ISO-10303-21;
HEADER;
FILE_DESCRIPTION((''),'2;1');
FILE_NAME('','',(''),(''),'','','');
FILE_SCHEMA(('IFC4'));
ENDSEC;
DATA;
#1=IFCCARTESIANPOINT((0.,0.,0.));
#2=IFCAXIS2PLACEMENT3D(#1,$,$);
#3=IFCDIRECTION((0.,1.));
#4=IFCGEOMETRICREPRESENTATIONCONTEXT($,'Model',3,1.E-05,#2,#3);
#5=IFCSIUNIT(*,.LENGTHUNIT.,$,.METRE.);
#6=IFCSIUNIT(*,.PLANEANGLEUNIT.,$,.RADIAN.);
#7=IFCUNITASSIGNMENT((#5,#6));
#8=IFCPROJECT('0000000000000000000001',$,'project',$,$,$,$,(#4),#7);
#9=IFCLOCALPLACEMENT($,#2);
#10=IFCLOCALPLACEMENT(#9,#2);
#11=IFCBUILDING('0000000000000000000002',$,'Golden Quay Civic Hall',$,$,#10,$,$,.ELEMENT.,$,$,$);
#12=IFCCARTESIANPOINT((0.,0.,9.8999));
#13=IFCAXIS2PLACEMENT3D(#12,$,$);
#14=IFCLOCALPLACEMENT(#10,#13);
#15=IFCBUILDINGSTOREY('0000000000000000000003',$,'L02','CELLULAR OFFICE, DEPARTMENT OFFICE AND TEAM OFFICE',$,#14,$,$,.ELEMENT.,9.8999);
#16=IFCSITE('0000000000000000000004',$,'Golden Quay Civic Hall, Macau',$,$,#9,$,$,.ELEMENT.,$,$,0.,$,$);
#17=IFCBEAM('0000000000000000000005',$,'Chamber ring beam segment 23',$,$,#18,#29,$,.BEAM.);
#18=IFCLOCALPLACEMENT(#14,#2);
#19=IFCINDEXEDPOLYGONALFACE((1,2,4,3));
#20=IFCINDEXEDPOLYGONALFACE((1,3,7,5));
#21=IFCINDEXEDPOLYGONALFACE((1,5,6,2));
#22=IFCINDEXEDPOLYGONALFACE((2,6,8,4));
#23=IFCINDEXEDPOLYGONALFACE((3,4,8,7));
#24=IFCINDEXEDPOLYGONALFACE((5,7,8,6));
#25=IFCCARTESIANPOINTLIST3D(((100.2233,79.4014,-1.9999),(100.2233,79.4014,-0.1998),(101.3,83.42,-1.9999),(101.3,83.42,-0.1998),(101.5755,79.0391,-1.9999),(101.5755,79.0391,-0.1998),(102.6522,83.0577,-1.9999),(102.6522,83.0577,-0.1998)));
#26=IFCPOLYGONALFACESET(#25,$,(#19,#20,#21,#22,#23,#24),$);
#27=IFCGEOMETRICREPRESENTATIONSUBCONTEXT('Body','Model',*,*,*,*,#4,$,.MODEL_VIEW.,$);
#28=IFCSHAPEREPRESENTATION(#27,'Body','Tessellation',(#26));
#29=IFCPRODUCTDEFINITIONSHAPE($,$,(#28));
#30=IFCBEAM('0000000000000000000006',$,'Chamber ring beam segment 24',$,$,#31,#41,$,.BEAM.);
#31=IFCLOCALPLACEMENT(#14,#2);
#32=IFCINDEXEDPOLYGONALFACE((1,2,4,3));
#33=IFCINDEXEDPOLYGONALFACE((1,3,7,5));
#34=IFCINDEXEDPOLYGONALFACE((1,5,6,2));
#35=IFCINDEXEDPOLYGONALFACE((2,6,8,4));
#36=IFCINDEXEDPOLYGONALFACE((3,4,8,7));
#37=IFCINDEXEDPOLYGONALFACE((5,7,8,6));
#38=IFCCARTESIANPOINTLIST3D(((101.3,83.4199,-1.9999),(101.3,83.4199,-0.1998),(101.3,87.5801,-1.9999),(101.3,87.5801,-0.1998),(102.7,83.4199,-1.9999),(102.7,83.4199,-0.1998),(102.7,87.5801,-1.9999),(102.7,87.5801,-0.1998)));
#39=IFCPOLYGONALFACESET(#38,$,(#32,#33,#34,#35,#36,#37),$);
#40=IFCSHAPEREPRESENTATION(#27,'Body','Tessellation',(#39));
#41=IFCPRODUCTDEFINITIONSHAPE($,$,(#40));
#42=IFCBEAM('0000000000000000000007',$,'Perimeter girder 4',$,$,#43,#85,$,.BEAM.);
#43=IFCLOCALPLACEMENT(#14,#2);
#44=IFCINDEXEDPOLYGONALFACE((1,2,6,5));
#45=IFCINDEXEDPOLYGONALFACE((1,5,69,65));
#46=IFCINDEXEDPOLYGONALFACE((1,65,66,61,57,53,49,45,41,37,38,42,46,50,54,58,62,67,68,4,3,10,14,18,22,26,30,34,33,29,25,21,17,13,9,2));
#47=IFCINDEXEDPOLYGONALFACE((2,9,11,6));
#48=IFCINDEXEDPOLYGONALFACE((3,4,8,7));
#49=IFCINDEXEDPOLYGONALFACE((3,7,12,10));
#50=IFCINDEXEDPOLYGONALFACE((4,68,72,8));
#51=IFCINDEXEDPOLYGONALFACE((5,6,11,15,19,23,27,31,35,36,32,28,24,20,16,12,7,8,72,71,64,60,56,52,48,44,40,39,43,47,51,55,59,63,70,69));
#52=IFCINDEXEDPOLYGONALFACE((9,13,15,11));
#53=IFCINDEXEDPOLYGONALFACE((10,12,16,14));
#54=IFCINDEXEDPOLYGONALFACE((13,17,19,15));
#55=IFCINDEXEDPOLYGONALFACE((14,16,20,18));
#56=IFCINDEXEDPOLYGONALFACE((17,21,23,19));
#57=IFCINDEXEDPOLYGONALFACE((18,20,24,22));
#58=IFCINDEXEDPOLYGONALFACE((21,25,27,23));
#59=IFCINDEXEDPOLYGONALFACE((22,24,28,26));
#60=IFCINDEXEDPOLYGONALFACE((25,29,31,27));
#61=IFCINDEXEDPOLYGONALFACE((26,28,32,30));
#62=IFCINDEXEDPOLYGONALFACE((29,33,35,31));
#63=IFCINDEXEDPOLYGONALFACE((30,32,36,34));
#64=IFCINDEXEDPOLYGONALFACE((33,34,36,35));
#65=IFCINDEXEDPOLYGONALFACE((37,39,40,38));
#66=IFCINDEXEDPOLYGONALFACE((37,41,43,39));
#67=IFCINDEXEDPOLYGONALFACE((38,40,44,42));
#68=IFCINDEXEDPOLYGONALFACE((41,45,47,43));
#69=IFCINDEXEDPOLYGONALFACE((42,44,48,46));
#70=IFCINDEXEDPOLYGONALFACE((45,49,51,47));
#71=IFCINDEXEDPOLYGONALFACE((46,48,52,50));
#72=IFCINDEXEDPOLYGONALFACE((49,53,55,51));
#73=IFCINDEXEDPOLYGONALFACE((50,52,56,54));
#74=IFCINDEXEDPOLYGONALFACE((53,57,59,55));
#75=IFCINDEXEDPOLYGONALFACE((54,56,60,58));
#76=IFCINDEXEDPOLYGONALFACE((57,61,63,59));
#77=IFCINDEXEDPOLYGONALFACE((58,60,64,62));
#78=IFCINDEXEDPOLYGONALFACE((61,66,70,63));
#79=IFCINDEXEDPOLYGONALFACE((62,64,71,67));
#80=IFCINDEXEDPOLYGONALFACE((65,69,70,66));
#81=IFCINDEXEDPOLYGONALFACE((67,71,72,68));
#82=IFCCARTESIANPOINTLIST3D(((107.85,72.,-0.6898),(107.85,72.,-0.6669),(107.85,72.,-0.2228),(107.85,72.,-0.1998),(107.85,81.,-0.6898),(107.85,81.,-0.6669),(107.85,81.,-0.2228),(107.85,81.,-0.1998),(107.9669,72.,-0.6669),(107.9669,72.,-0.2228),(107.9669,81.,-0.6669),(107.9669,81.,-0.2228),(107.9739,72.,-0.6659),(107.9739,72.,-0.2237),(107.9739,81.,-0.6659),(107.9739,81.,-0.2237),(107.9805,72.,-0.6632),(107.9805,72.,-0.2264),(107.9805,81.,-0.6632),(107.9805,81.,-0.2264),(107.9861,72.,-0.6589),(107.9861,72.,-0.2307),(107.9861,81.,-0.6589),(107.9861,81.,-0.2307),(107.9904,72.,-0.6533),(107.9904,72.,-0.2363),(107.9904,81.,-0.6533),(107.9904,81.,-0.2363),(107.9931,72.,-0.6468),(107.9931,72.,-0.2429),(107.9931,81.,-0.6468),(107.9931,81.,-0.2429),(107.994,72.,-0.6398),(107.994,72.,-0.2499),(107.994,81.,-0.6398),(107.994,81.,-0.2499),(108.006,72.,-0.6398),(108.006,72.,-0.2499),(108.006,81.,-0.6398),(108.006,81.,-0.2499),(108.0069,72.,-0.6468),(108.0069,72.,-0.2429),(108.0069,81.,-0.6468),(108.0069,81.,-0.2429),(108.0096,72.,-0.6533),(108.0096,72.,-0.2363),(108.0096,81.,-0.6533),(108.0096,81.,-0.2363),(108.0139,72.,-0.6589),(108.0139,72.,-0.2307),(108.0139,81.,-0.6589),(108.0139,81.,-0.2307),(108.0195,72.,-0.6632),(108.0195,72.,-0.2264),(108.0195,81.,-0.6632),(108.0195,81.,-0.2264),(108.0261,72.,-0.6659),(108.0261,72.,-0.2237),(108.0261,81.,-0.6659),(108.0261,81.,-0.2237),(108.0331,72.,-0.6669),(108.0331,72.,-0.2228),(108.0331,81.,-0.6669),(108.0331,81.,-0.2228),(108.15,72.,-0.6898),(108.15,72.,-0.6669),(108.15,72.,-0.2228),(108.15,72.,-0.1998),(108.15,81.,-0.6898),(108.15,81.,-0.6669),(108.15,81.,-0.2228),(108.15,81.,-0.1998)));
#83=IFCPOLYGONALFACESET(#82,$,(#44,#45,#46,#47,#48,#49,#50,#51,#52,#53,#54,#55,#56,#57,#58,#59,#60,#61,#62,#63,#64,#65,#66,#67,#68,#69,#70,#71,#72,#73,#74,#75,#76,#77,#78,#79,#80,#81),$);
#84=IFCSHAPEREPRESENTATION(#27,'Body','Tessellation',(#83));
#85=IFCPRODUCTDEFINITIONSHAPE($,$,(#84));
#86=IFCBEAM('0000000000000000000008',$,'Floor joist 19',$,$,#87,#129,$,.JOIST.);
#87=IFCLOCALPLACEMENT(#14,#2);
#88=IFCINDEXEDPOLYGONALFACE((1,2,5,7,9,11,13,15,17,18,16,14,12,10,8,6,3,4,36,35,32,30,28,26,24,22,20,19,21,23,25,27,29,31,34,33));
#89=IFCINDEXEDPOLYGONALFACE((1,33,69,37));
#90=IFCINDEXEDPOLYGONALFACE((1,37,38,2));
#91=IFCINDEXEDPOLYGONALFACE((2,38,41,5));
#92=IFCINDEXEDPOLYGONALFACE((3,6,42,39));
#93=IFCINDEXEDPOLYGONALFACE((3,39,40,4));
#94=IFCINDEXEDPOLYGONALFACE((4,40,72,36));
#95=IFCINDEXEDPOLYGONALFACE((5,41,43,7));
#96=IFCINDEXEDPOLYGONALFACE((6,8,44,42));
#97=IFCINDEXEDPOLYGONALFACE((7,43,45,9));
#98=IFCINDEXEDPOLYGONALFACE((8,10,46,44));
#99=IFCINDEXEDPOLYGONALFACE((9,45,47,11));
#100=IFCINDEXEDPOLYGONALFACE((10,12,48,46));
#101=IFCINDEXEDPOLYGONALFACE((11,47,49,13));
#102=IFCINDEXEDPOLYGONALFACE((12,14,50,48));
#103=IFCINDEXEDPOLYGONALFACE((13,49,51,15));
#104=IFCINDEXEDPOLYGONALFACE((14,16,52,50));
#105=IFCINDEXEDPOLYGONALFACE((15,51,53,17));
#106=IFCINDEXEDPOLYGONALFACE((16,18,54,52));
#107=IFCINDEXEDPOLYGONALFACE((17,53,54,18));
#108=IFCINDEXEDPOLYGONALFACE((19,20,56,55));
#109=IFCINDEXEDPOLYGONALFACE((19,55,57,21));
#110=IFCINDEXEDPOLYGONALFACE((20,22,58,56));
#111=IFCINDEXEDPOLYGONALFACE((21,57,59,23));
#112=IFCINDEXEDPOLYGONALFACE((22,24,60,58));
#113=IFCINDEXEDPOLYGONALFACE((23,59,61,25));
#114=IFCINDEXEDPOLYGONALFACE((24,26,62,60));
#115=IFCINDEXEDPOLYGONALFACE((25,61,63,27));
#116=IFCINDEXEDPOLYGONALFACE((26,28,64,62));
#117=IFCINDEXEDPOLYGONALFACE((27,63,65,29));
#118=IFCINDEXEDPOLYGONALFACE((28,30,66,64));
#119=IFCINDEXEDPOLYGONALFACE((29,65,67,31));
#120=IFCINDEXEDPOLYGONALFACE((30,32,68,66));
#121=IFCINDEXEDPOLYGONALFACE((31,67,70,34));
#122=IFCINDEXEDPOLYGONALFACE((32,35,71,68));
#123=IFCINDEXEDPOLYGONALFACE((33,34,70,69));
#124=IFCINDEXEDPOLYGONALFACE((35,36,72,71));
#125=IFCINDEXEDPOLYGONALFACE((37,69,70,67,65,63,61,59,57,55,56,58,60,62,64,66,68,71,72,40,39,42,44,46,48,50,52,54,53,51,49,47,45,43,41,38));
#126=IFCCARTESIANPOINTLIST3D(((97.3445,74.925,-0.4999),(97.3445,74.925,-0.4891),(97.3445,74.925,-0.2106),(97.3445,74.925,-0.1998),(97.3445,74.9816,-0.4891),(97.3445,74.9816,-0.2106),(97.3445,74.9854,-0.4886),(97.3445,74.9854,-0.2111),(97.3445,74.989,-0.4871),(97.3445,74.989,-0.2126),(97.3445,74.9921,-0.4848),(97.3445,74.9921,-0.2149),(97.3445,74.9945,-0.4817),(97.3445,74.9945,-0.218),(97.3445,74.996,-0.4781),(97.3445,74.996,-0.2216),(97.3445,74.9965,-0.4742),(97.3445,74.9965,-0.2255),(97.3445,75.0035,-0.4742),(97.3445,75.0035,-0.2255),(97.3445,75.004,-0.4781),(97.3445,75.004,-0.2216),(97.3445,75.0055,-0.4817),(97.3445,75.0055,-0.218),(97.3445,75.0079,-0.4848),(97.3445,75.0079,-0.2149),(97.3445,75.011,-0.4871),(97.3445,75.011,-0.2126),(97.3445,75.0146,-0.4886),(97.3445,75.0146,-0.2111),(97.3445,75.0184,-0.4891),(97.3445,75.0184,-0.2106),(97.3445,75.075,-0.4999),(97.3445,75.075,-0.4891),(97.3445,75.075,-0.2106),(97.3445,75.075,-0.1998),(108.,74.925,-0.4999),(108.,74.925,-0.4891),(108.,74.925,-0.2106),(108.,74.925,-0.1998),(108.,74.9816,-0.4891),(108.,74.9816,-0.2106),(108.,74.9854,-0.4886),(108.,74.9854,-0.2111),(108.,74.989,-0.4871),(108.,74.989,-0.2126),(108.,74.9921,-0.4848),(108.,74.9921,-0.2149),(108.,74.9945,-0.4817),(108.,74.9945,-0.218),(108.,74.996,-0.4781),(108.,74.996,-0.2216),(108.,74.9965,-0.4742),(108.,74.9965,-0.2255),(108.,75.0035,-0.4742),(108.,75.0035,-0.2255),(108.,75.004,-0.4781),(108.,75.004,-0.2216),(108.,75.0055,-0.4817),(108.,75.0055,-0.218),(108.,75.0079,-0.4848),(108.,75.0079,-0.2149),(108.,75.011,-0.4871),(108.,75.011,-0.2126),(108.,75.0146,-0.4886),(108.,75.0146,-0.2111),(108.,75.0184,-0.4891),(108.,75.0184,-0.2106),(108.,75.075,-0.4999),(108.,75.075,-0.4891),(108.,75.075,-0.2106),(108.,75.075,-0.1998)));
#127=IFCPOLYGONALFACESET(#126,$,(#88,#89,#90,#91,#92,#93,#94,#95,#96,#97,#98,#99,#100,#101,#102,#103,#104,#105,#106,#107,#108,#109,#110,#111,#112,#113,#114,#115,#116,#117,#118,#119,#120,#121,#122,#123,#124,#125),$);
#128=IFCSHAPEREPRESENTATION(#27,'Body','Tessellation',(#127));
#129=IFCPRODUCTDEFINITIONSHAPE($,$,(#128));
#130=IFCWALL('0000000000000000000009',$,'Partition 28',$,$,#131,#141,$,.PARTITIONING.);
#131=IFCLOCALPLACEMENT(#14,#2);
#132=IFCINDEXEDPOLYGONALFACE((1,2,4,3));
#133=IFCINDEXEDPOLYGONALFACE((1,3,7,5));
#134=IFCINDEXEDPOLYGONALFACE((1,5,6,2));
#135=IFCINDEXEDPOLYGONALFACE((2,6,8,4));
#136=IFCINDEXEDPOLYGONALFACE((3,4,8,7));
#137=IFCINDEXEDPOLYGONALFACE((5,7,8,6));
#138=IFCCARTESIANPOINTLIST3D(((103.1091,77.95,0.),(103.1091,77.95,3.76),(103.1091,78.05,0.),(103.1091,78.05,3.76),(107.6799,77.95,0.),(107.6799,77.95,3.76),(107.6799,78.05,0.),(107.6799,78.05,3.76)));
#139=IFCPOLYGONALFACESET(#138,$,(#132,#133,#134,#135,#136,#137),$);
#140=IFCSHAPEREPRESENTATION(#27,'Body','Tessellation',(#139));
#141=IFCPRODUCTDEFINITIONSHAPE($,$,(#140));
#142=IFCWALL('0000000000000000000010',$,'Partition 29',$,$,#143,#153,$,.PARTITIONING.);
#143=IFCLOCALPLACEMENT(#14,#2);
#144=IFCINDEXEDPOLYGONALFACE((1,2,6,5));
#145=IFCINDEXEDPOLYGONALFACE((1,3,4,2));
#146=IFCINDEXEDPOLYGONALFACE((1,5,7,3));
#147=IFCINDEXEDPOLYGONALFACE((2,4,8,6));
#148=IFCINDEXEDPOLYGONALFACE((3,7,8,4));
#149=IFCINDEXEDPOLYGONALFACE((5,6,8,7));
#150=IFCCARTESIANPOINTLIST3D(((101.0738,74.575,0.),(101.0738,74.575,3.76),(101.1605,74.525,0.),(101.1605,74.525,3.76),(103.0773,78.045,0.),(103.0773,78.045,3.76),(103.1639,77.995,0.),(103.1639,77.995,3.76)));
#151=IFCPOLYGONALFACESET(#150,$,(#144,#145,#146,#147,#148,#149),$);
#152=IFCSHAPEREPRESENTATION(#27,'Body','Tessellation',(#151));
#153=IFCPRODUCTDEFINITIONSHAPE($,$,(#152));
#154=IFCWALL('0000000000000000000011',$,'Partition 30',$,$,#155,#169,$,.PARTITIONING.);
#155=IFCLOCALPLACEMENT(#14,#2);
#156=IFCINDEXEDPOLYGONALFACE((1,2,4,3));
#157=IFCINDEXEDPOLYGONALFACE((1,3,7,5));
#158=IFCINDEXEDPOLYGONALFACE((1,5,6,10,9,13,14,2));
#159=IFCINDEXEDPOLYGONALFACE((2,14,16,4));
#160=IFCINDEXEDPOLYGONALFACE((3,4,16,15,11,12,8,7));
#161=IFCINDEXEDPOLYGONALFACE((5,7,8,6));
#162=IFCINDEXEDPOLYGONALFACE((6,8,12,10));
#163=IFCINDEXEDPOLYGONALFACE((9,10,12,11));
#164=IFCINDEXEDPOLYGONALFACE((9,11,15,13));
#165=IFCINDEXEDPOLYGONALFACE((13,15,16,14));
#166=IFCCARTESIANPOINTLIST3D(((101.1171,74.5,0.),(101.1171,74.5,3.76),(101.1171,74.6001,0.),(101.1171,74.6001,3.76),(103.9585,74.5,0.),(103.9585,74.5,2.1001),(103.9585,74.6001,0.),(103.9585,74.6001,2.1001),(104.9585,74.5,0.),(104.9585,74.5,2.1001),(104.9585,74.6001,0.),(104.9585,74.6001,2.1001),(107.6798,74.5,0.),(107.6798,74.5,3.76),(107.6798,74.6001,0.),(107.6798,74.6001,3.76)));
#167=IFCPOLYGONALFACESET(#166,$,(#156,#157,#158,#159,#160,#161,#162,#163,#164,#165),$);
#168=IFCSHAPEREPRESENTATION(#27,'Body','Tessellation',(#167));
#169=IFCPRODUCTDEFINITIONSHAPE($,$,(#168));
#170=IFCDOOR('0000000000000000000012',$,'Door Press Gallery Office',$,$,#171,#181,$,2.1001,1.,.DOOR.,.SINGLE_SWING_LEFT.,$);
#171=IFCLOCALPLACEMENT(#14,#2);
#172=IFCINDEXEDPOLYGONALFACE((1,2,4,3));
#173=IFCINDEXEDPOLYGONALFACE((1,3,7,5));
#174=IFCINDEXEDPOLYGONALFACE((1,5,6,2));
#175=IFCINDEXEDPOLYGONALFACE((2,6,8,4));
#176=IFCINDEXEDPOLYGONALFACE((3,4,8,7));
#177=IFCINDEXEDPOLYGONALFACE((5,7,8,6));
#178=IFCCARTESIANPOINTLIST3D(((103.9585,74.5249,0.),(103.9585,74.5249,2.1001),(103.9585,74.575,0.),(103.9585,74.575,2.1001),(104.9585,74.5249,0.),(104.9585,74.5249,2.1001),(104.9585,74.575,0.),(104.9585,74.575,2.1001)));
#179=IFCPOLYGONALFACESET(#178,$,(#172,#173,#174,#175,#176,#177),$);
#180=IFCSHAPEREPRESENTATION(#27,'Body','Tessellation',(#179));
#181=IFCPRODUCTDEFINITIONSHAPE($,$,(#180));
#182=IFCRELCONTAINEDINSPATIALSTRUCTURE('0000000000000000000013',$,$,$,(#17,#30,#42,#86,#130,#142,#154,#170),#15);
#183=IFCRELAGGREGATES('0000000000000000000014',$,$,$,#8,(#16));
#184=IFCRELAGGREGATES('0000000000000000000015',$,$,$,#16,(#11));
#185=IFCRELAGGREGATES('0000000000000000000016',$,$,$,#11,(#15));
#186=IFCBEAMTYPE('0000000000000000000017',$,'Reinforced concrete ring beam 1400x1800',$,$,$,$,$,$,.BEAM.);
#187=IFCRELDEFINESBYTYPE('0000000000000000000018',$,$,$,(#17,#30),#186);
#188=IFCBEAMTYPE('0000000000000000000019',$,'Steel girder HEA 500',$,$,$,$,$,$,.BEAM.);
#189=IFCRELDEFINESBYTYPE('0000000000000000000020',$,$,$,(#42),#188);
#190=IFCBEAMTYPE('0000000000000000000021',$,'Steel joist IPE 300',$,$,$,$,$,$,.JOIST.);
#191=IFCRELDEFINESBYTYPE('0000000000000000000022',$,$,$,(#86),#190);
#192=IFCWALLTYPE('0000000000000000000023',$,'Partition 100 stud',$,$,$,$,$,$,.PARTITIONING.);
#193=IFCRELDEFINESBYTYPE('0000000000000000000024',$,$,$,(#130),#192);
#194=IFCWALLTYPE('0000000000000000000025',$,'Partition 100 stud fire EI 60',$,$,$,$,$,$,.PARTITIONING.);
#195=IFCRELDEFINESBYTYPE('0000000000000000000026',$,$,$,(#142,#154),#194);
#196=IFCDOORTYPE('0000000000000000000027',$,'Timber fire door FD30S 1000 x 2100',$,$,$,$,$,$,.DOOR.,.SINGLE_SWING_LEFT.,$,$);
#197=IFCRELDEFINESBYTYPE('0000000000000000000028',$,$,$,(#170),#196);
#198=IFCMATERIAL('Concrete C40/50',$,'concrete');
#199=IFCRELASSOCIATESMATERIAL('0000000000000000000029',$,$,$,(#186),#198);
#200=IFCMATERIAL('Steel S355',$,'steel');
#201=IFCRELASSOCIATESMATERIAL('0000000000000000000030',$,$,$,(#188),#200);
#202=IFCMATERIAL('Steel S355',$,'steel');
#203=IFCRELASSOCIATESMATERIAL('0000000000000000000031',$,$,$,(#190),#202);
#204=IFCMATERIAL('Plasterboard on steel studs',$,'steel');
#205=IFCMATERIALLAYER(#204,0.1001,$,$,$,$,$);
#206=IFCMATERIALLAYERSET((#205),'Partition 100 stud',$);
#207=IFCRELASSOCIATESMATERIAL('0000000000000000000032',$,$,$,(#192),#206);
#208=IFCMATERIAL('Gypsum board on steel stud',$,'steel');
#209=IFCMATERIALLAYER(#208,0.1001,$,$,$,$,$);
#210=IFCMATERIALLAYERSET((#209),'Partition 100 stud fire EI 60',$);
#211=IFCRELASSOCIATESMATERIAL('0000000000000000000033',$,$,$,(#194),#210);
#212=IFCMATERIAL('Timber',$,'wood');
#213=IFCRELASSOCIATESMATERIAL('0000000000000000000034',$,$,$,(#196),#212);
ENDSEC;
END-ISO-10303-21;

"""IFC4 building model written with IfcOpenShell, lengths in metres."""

from ifc_helpers import new_model, si_unit, direction, frame, frame_2d, origin, origin_2d, place, context, subcontext, project, spatial, rectangle, i_section, extrude, material, layer, layer_set, material_profile, profile_set, type_object, element, fill, save


model = new_model("IFC4")

# Units and contexts
model_context = context("Model", 3, precision=1e-05, world=origin(), true_north=direction((0.0, 1.0)))
body_context = subcontext(model_context, "Body", "Model", "MODEL_VIEW")
ifc_project = project(units=[si_unit("LENGTHUNIT", "METRE"), si_unit("PLANEANGLEUNIT", "RADIAN")], contexts=[model_context])

# Site, building, storey
site_placement = place(None, origin())
site = spatial("IfcSite", under=ifc_project, at=site_placement, Name="Golden Quay Civic Hall, Macau", CompositionType="ELEMENT", RefElevation=0.0)
building_placement = place(site_placement, origin())
building = spatial("IfcBuilding", under=site, at=building_placement, Name="Golden Quay Civic Hall", CompositionType="ELEMENT")
storey_placement = place(building_placement, frame((0.0, 0.0, 9.8999)))
storey = spatial("IfcBuildingStorey", under=building, at=storey_placement, Name="L02", Description="CELLULAR OFFICE, DEPARTMENT OFFICE AND TEAM OFFICE", CompositionType="ELEMENT", Elevation=9.8999)

# Beams
ifc_material_1 = material(Name="Concrete C40/50", Category="concrete")
ifc_material_profile_1 = material_profile(ifc_material_1, rectangle(XDim=1.3999, YDim=1.8, at=origin_2d()), Name="RC 1400x1800")
ifc_profile_set_1 = profile_set([ifc_material_profile_1], Name="Concrete C40/50")
beam_type_1 = type_object("IfcBeamType", Name="Reinforced concrete ring beam 1400x1800", PredefinedType="BEAM", material=ifc_profile_set_1)
beam_1_placement = place(storey_placement, frame((100.8994, 79.2202, -1.0999), z_axis=(0.258795, 0.965932, 0.0), x_axis=(-0.965932, 0.258795, 0.0)))
element("IfcBeam", 1, at=beam_1_placement, inside=storey, type_object=beam_type_1, Name="Chamber ring beam segment 23", PredefinedType="BEAM", context=body_context, shape_type="SweptSolid", body=[
    extrude(rectangle(XDim=1.3999, YDim=1.8, at=origin_2d()), origin(), (0.0, 0.0, 1.0), 4.1604),
])
beam_2_placement = place(storey_placement, frame((102.0, 83.4199, -1.0999), z_axis=(0.0, 1.0, 0.0), x_axis=(-1.0, 0.0, 0.0)))
element("IfcBeam", 2, at=beam_2_placement, inside=storey, type_object=beam_type_1, Name="Chamber ring beam segment 24", PredefinedType="BEAM", context=body_context, shape_type="SweptSolid", body=[
    extrude(rectangle(XDim=1.3999, YDim=1.8, at=origin_2d()), origin(), (0.0, 0.0, 1.0), 4.1602),
])
ifc_material_2 = material(Name="Steel S355", Category="steel")
ifc_material_profile_2 = material_profile(ifc_material_2, i_section(OverallWidth=0.3, OverallDepth=0.49, WebThickness=0.012, FlangeThickness=0.0229, FilletRadius=0.0271, at=origin_2d()), Name="HEA 500")
ifc_profile_set_2 = profile_set([ifc_material_profile_2], Name="Steel S355")
beam_type_2 = type_object("IfcBeamType", Name="Steel girder HEA 500", PredefinedType="BEAM", material=ifc_profile_set_2)
beam_3_placement = place(storey_placement, frame((108.0, 72.0, -0.4448), z_axis=(0.0, 1.0, 0.0), x_axis=(-1.0, 0.0, 0.0)))
element("IfcBeam", 3, at=beam_3_placement, inside=storey, type_object=beam_type_2, Name="Perimeter girder 4", PredefinedType="BEAM", context=body_context, shape_type="SweptSolid", body=[
    extrude(i_section(OverallWidth=0.3, OverallDepth=0.49, WebThickness=0.012, FlangeThickness=0.0229, FilletRadius=0.0271, at=origin_2d()), origin(), (0.0, 0.0, 1.0), 9.0),
])
ifc_material_3 = material(Name="Steel S355", Category="steel")
ifc_material_profile_3 = material_profile(ifc_material_3, i_section(OverallWidth=0.1499, OverallDepth=0.3, WebThickness=0.0071, FlangeThickness=0.0107, FilletRadius=0.0149, at=origin_2d()), Name="IPE 300")
ifc_profile_set_3 = profile_set([ifc_material_profile_3], Name="Steel S355")
beam_type_3 = type_object("IfcBeamType", Name="Steel joist IPE 300", PredefinedType="JOIST", material=ifc_profile_set_3)
beam_4_placement = place(storey_placement, frame((108.0, 75.0, -0.3499), z_axis=(-1.0, 0.0, 0.0), x_axis=(0.0, -1.0, 0.0)))
element("IfcBeam", 4, at=beam_4_placement, inside=storey, type_object=beam_type_3, Name="Floor joist 19", PredefinedType="JOIST", context=body_context, shape_type="SweptSolid", body=[
    extrude(i_section(OverallWidth=0.1499, OverallDepth=0.3, WebThickness=0.0071, FlangeThickness=0.0107, FilletRadius=0.0149, at=origin_2d()), origin(), (0.0, 0.0, 1.0), 10.6555),
])

# Walls
ifc_material_4 = material(Name="Plasterboard on steel studs", Category="steel")
ifc_layer_1 = layer(ifc_material_4, 0.1001)
ifc_layer_set_1 = layer_set([ifc_layer_1], Name="Partition 100 stud")
wall_type_1 = type_object("IfcWallType", Name="Partition 100 stud", PredefinedType="PARTITIONING", material=ifc_layer_set_1)
wall_1_placement = place(storey_placement, frame((107.6799, 78.0, 0.0), z_axis=(0.0, 0.0, 1.0), x_axis=(-1.0, 0.0, 0.0)))
element("IfcWall", 5, at=wall_1_placement, inside=storey, type_object=wall_type_1, Name="Partition 28", PredefinedType="PARTITIONING", context=body_context, shape_type="SweptSolid", body=[
    extrude(rectangle(XDim=4.5708, YDim=0.1001, at=frame_2d((2.2854, 0.0))), origin(), (0.0, 0.0, 1.0), 3.76),
])
ifc_material_5 = material(Name="Gypsum board on steel stud", Category="steel")
ifc_layer_2 = layer(ifc_material_5, 0.1001)
ifc_layer_set_2 = layer_set([ifc_layer_2], Name="Partition 100 stud fire EI 60")
wall_type_2 = type_object("IfcWallType", Name="Partition 100 stud fire EI 60", PredefinedType="PARTITIONING", material=ifc_layer_set_2)
wall_2_placement = place(storey_placement, frame((103.1206, 78.02, 0.0), z_axis=(0.0, 0.0, 1.0), x_axis=(-0.500006, -0.866022, 0.0)))
element("IfcWall", 6, at=wall_2_placement, inside=storey, type_object=wall_type_2, Name="Partition 29", PredefinedType="PARTITIONING", context=body_context, shape_type="SweptSolid", body=[
    extrude(rectangle(XDim=4.0068, YDim=0.1001, at=frame_2d((2.0034, 0.0))), origin(), (0.0, 0.0, 1.0), 3.76),
])

# Wall, opening, door
wall_3_placement = place(storey_placement, frame((101.1172, 74.55, 0.0), z_axis=(0.0, 0.0, 1.0), x_axis=(1.0, 0.0, 0.0)))
wall_3 = element("IfcWall", 7, at=wall_3_placement, inside=storey, type_object=wall_type_2, Name="Partition 30", PredefinedType="PARTITIONING", context=body_context, shape_type="SweptSolid", body=[
    extrude(rectangle(XDim=6.5627, YDim=0.1001, at=frame_2d((3.2812, 0.0))), origin(), (0.0, 0.0, 1.0), 3.76),
])
opening_1_placement = place(wall_3_placement, frame((2.8413, 0.0, 0.0)))
opening_1 = element("IfcOpeningElement", 8, at=opening_1_placement, cuts=wall_3, PredefinedType="OPENING", context=body_context, shape_type="SweptSolid", body=[
    extrude(rectangle(XDim=1.0, YDim=2.1001, at=frame_2d((0.5, 1.05))), frame((0.0, 0.0601, 0.0), z_axis=(0.0, -1.0, 0.0), x_axis=(1.0, 0.0, 0.0)), (0.0, 0.0, 1.0), 0.1201),
])
ifc_material_6 = material(Name="Timber", Category="wood")
door_type_1 = type_object("IfcDoorType", Name="Timber fire door FD30S 1000 x 2100", OperationType="SINGLE_SWING_LEFT", PredefinedType="DOOR", material=ifc_material_6)
door_1_placement = place(opening_1_placement, origin())
door_1 = element("IfcDoor", 9, at=door_1_placement, inside=storey, type_object=door_type_1, Name="Door Press Gallery Office", OperationType="SINGLE_SWING_LEFT", OverallHeight=2.1001, OverallWidth=1.0, PredefinedType="DOOR", context=body_context, shape_type="SweptSolid", body=[
    extrude(rectangle(XDim=1.0, YDim=2.1001, at=frame_2d((0.5, 1.05))), frame((0.0, 0.0249, 0.0), z_axis=(0.0, -1.0, 0.0), x_axis=(1.0, 0.0, 0.0)), (0.0, 0.0, 1.0), 0.05),
])
fill(opening_1, door_1)

save(model, "model.ifc")
